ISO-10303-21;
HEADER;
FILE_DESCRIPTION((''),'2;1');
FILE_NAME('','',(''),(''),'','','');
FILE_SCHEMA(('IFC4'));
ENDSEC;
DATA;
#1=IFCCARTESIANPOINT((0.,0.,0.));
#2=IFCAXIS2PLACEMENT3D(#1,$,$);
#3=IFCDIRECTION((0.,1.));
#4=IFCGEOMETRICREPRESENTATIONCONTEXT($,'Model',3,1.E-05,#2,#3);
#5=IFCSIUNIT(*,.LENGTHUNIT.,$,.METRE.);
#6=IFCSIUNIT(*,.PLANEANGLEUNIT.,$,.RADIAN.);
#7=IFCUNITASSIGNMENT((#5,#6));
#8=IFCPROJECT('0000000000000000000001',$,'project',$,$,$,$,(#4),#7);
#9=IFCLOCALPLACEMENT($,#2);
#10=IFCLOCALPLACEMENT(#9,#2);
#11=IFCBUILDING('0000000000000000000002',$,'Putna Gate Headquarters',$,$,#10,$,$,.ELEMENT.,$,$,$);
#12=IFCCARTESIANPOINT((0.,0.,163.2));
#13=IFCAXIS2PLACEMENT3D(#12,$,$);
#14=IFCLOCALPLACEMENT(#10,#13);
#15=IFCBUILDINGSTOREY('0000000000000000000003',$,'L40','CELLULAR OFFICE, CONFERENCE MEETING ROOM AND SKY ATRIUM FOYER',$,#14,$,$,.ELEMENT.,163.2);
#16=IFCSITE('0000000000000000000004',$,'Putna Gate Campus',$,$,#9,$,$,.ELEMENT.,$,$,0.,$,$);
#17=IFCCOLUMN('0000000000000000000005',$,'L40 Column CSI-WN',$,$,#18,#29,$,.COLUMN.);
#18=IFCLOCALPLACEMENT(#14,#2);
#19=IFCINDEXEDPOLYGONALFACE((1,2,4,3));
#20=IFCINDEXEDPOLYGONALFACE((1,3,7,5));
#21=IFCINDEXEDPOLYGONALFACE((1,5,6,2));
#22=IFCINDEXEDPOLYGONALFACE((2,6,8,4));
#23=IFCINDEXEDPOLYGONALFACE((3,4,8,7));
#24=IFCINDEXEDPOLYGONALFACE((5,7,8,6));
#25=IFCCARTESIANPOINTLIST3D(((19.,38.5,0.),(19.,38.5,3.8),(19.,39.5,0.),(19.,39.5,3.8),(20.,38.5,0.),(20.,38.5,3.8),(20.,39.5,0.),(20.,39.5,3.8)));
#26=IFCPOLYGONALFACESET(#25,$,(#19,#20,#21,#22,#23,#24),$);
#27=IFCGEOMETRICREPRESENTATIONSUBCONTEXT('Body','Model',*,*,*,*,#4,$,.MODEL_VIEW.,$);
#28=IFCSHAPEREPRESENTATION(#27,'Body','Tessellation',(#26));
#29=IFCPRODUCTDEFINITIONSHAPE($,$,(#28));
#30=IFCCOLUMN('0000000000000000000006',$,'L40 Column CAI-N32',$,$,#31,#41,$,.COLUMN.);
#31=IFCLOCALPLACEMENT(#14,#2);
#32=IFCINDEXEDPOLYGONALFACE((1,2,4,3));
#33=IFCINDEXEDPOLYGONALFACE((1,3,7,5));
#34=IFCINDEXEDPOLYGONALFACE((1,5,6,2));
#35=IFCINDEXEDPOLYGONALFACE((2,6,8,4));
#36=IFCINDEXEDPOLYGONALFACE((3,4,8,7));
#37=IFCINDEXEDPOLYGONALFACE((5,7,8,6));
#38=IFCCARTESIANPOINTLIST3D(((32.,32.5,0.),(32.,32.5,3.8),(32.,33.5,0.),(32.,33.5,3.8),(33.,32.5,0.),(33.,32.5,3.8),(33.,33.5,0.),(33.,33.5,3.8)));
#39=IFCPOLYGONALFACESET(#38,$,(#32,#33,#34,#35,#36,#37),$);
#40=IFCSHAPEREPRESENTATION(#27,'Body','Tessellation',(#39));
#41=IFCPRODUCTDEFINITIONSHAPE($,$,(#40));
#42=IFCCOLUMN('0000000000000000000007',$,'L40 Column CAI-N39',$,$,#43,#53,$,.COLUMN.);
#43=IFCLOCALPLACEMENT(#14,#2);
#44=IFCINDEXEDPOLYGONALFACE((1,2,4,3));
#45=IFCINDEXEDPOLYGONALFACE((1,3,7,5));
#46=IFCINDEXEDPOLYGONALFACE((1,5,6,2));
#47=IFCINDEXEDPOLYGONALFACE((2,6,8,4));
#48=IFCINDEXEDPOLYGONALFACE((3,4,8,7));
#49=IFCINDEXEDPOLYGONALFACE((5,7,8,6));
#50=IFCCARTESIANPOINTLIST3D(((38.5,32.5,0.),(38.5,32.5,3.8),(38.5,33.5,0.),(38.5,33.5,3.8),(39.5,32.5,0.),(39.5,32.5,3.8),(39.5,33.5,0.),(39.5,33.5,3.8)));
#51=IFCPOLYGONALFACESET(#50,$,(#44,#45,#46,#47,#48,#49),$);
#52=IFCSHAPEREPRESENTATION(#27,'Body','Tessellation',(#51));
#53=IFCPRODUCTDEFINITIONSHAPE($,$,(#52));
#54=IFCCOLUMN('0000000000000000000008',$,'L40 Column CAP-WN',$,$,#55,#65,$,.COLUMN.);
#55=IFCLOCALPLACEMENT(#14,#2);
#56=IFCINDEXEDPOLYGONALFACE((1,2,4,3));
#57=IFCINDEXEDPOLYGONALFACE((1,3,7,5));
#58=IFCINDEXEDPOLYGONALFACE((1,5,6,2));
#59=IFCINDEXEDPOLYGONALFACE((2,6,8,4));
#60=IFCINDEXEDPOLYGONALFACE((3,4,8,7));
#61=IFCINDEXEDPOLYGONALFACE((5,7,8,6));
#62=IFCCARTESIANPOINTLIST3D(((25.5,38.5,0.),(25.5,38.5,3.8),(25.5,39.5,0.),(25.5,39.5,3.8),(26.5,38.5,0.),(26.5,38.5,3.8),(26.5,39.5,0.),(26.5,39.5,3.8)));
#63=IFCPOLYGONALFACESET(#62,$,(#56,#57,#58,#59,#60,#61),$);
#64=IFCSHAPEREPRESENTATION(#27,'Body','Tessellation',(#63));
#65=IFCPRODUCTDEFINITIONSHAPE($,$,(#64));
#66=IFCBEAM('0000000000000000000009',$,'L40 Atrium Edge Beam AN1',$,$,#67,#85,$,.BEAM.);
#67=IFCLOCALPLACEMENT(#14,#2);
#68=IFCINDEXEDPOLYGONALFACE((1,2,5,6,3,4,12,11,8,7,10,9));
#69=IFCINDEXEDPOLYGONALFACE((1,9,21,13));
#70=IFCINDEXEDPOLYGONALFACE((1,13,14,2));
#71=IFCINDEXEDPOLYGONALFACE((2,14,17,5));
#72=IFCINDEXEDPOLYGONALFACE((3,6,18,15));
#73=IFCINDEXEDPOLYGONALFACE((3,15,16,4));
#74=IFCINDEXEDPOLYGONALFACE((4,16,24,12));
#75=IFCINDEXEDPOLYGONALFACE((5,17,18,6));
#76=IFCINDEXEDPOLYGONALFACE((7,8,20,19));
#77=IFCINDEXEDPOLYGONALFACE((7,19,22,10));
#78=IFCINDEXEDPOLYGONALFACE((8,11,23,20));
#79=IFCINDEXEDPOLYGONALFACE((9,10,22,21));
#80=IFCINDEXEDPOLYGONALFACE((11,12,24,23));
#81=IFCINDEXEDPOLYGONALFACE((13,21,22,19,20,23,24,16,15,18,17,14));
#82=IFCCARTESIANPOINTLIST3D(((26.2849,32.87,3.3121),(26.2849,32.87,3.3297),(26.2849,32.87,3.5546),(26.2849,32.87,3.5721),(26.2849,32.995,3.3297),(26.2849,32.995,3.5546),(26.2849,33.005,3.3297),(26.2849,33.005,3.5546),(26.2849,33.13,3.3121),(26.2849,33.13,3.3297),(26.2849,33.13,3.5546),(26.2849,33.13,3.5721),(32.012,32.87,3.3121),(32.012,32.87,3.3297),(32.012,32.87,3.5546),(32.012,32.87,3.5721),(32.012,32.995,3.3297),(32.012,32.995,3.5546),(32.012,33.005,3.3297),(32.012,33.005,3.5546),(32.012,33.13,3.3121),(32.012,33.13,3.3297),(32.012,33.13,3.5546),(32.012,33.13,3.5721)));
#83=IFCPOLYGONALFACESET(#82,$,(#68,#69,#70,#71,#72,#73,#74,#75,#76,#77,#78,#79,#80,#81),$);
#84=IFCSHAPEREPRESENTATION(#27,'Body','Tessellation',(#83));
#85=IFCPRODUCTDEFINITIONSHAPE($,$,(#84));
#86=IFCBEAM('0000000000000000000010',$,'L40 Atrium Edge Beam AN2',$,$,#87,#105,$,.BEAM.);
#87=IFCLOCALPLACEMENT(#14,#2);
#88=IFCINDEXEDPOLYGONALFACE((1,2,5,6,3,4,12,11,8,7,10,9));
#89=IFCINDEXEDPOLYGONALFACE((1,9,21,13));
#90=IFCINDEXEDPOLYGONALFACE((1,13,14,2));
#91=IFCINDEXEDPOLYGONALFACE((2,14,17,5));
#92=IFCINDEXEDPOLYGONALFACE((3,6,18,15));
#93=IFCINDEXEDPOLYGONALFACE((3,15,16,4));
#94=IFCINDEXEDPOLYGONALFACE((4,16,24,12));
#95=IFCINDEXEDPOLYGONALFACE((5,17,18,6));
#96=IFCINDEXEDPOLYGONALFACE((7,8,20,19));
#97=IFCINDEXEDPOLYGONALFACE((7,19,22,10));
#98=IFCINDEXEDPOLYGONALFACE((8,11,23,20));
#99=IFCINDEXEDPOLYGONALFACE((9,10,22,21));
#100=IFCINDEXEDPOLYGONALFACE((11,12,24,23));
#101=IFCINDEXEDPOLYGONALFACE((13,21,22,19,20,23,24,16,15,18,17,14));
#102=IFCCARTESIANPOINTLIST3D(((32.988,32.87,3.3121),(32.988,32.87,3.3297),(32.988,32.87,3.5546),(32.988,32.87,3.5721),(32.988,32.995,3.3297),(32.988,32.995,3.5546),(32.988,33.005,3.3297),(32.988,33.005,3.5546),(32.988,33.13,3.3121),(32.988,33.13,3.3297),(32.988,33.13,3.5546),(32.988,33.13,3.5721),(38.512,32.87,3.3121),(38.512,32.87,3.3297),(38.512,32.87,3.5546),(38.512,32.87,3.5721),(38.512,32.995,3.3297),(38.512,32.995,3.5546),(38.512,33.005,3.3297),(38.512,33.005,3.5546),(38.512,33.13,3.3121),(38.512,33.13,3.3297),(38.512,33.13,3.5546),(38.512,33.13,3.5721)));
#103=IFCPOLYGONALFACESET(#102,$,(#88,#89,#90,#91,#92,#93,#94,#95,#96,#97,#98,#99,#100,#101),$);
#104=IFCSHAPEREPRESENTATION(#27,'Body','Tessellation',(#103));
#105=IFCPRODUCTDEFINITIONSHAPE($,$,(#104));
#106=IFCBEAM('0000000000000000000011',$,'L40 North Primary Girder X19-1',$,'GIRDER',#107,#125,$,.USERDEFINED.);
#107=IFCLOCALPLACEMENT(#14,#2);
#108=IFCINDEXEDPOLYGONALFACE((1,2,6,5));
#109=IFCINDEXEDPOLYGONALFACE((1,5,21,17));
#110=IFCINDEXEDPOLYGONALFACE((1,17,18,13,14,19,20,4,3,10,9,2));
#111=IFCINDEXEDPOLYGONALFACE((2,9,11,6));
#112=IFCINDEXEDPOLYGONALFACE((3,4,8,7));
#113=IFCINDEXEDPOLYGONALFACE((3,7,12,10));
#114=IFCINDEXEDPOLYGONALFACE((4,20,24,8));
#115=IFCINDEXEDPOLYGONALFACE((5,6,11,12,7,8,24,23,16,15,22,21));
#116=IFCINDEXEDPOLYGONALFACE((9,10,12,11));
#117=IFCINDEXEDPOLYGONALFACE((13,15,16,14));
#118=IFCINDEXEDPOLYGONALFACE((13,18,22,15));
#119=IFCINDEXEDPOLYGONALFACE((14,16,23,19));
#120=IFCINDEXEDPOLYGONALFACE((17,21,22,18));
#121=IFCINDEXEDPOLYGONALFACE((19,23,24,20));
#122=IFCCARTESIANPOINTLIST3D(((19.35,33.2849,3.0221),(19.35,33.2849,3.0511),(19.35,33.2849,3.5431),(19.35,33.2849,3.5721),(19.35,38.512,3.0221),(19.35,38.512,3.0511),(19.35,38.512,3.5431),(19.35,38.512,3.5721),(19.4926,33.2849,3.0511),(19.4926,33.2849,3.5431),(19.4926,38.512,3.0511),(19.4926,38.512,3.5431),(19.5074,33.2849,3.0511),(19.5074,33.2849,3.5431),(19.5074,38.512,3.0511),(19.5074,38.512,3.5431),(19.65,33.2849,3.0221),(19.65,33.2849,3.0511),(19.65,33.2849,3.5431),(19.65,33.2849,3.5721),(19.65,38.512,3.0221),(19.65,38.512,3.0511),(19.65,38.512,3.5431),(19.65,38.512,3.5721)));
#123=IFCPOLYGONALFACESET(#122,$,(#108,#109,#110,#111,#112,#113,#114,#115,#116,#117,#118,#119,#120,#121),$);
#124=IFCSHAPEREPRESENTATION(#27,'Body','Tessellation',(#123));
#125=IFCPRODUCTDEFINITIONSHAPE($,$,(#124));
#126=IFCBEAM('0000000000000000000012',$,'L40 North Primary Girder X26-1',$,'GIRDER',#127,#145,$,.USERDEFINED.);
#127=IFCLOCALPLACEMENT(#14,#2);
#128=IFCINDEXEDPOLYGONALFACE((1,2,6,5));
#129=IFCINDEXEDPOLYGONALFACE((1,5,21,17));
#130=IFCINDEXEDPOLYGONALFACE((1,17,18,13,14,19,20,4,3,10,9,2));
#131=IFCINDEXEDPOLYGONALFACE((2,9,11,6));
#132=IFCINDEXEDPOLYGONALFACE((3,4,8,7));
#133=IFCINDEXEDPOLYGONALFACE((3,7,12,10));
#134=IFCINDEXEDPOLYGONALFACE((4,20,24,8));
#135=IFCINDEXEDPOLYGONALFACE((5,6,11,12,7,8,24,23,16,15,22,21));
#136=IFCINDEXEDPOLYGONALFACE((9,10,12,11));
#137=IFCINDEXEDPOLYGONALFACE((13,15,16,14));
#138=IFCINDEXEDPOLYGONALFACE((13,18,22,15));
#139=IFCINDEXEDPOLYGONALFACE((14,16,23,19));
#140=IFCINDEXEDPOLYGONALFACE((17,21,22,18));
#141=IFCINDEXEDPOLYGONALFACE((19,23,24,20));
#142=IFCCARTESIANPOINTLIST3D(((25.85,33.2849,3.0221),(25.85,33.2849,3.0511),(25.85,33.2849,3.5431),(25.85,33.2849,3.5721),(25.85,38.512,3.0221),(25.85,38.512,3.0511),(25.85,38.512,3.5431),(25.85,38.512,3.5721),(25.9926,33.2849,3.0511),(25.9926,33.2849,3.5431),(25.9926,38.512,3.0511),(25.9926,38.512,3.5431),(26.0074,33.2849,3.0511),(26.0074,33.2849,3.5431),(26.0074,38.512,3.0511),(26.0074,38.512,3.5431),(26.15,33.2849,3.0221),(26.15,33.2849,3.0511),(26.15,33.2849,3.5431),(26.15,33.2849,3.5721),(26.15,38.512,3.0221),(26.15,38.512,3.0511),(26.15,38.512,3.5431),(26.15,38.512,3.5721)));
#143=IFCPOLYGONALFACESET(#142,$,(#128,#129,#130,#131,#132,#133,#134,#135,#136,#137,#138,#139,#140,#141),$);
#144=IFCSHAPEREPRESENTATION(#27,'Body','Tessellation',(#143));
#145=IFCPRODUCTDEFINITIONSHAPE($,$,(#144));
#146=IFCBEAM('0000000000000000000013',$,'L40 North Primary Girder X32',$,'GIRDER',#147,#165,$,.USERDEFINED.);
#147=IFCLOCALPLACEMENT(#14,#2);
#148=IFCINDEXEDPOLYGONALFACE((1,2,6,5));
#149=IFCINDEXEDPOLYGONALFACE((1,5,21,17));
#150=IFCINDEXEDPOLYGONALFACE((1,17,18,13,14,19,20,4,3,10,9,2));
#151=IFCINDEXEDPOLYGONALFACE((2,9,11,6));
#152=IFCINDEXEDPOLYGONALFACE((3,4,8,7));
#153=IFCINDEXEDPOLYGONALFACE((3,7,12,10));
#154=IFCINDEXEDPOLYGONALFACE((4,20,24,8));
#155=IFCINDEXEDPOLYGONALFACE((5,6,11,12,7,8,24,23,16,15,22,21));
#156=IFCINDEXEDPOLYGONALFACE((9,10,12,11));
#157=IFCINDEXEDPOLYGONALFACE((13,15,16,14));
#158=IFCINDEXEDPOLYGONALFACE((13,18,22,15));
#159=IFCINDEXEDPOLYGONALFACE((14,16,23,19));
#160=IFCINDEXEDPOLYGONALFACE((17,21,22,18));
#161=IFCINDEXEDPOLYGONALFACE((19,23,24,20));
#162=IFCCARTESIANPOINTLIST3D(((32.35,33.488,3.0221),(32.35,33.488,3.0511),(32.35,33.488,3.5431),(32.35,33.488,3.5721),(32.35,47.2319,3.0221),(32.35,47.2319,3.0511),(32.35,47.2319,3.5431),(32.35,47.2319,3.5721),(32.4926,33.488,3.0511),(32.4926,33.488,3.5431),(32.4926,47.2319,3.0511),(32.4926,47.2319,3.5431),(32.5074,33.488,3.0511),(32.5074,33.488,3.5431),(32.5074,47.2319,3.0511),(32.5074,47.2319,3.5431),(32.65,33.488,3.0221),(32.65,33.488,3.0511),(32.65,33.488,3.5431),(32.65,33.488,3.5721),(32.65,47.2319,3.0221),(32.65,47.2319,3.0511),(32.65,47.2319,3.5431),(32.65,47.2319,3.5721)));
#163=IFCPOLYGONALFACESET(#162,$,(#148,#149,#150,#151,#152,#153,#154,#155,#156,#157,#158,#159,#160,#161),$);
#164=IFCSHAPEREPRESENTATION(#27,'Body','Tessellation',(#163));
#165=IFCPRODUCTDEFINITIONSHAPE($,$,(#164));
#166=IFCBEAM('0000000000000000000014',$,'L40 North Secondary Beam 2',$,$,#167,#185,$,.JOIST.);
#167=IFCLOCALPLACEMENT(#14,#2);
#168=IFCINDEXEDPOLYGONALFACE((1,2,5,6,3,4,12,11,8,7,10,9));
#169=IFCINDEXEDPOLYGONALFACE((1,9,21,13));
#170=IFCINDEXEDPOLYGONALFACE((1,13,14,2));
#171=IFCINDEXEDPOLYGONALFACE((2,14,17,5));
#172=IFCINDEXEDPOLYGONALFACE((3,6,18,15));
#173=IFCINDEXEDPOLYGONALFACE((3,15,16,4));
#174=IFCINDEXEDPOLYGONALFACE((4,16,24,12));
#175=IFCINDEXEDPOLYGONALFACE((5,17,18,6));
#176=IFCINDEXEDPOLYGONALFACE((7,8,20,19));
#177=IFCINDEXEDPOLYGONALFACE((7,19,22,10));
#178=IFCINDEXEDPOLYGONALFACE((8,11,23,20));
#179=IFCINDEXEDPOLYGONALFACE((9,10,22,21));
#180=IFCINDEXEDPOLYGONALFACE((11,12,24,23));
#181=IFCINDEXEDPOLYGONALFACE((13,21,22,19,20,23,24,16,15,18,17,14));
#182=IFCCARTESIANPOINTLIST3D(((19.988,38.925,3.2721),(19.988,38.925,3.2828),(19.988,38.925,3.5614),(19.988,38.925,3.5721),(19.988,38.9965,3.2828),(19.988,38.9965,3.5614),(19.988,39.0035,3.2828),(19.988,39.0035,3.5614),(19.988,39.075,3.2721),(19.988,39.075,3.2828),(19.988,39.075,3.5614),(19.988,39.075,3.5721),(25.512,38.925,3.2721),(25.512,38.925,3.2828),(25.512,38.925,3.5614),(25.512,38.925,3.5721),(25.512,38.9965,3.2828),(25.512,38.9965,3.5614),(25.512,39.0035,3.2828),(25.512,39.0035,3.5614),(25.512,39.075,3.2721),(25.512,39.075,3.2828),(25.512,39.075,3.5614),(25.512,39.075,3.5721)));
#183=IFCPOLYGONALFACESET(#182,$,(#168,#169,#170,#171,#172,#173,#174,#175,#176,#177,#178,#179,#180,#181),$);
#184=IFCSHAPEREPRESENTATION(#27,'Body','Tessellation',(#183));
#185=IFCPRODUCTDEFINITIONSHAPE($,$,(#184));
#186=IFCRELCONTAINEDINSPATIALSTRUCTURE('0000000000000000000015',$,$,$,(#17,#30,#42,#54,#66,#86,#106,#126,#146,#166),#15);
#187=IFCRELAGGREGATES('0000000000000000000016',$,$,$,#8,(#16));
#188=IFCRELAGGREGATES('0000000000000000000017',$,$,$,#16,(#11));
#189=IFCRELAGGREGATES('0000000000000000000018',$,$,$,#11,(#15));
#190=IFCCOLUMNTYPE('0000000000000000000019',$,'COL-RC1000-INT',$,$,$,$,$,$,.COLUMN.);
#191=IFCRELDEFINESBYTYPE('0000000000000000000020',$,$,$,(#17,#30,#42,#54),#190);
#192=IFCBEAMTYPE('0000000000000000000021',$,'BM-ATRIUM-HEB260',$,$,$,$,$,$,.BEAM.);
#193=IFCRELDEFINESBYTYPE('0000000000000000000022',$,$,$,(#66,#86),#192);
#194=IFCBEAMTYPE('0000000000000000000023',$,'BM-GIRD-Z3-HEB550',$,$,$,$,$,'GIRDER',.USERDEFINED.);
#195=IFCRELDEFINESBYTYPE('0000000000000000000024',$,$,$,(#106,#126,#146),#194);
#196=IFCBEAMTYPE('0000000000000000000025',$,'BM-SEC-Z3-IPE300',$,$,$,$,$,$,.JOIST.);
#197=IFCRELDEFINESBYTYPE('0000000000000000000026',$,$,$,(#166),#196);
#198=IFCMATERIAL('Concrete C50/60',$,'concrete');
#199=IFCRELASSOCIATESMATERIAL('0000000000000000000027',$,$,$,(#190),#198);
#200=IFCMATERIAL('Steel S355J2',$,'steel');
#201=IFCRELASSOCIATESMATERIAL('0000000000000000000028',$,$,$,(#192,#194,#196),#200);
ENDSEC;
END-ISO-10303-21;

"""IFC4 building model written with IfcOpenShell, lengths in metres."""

from ifc_helpers import new_model, si_unit, direction, frame, origin, origin_2d, place, context, subcontext, project, spatial, rectangle, i_section, extrude, material, material_profile, profile_set, type_object, element, save


model = new_model("IFC4")

# Units and contexts
model_context = context("Model", 3, precision=1e-05, world=origin(), true_north=direction((0.0, 1.0)))
body_context = subcontext(model_context, "Body", "Model", "MODEL_VIEW")
ifc_project = project(units=[si_unit("LENGTHUNIT", "METRE"), si_unit("PLANEANGLEUNIT", "RADIAN")], contexts=[model_context])

# Site, building, storey
site_placement = place(None, origin())
site = spatial("IfcSite", under=ifc_project, at=site_placement, Name="Putna Gate Campus", CompositionType="ELEMENT", RefElevation=0.0)
building_placement = place(site_placement, origin())
building = spatial("IfcBuilding", under=site, at=building_placement, Name="Putna Gate Headquarters", CompositionType="ELEMENT")
storey_placement = place(building_placement, frame((0.0, 0.0, 163.2)))
storey = spatial("IfcBuildingStorey", under=building, at=storey_placement, Name="L40", Description="CELLULAR OFFICE, CONFERENCE MEETING ROOM AND SKY ATRIUM FOYER", CompositionType="ELEMENT", Elevation=163.2)

# Columns
ifc_material_1 = material(Name="Concrete C50/60", Category="concrete")
ifc_material_profile_1 = material_profile(ifc_material_1, rectangle(XDim=1.0, YDim=1.0, at=origin_2d()), Name="Concrete C50/60")
ifc_profile_set_1 = profile_set([ifc_material_profile_1], Name="Concrete C50/60")
column_type = type_object("IfcColumnType", Name="COL-RC1000-INT", PredefinedType="COLUMN", material=ifc_profile_set_1)
for number, where, z_axis, x_axis, name in (
    (1, (19.5, 39.0, 0.0), (0.0, 0.0, 1.0), (1.0, 0.0, 0.0), "L40 Column CSI-WN"),
    (2, (32.5, 33.0, 0.0), (0.0, 0.0, 1.0), (1.0, 0.0, 0.0), "L40 Column CAI-N32"),
    (3, (39.0, 33.0, 0.0), (0.0, 0.0, 1.0), (1.0, 0.0, 0.0), "L40 Column CAI-N39"),
    (4, (26.0, 39.0, 0.0), (0.0, 0.0, 1.0), (1.0, 0.0, 0.0), "L40 Column CAP-WN"),
):
    element("IfcColumn", number, at=place(storey_placement, frame(where, z_axis=z_axis, x_axis=x_axis)), inside=storey, type_object=column_type, Name=name, PredefinedType="COLUMN", context=body_context, shape_type="SweptSolid", body=[
        extrude(rectangle(XDim=1.0, YDim=1.0, at=origin_2d()), origin(), (0.0, 0.0, 1.0), 3.8),
    ])

# Beams
ifc_material_2 = material(Name="Steel S355J2", Category="steel")
ifc_material_profile_2 = material_profile(ifc_material_2, i_section(OverallWidth=0.26, OverallDepth=0.26, WebThickness=0.01, FlangeThickness=0.0176, at=origin_2d()), Name="Steel S355J2")
ifc_profile_set_2 = profile_set([ifc_material_profile_2], Name="Steel S355J2")
beam_type_1 = type_object("IfcBeamType", Name="BM-ATRIUM-HEB260", PredefinedType="BEAM", material=ifc_profile_set_2)
beam_1_placement = place(storey_placement, frame((26.2849, 33.0, 3.4421), z_axis=(1.0, 0.0, 0.0), x_axis=(0.0, 1.0, 0.0)))
element("IfcBeam", 5, at=beam_1_placement, inside=storey, type_object=beam_type_1, Name="L40 Atrium Edge Beam AN1", PredefinedType="BEAM", context=body_context, shape_type="SweptSolid", body=[
    extrude(i_section(OverallWidth=0.26, OverallDepth=0.26, WebThickness=0.01, FlangeThickness=0.0176, at=origin_2d()), origin(), (0.0, 0.0, 1.0), 5.7271),
])
beam_2_placement = place(storey_placement, frame((32.988, 33.0, 3.4421), z_axis=(1.0, 0.0, 0.0), x_axis=(0.0, 1.0, 0.0)))
element("IfcBeam", 6, at=beam_2_placement, inside=storey, type_object=beam_type_1, Name="L40 Atrium Edge Beam AN2", PredefinedType="BEAM", context=body_context, shape_type="SweptSolid", body=[
    extrude(i_section(OverallWidth=0.26, OverallDepth=0.26, WebThickness=0.01, FlangeThickness=0.0176, at=origin_2d()), origin(), (0.0, 0.0, 1.0), 5.5239),
])
ifc_material_profile_3 = material_profile(ifc_material_2, i_section(OverallWidth=0.3, OverallDepth=0.55, WebThickness=0.0149, FlangeThickness=0.0291, at=origin_2d()), Name="Steel S355J2")
ifc_profile_set_3 = profile_set([ifc_material_profile_3], Name="Steel S355J2")
beam_type_2 = type_object("IfcBeamType", Name="BM-GIRD-Z3-HEB550", ElementType="GIRDER", PredefinedType="USERDEFINED", material=ifc_profile_set_3)
for number, where, z_axis, x_axis, name in (
    (7, (19.5, 33.2849, 3.2971), (0.0, 1.0, 0.0), (-1.0, 0.0, 0.0), "L40 North Primary Girder X19-1"),
    (8, (26.0, 33.2849, 3.2971), (0.0, 1.0, 0.0), (-1.0, 0.0, 0.0), "L40 North Primary Girder X26-1"),
):
    element("IfcBeam", number, at=place(storey_placement, frame(where, z_axis=z_axis, x_axis=x_axis)), inside=storey, type_object=beam_type_2, Name=name, ObjectType="GIRDER", PredefinedType="USERDEFINED", context=body_context, shape_type="SweptSolid", body=[
        extrude(i_section(OverallWidth=0.3, OverallDepth=0.55, WebThickness=0.0149, FlangeThickness=0.0291, at=origin_2d()), origin(), (0.0, 0.0, 1.0), 5.2271),
    ])
beam_3_placement = place(storey_placement, frame((32.5, 33.488, 3.2971), z_axis=(0.0, 1.0, 0.0), x_axis=(-1.0, 0.0, 0.0)))
element("IfcBeam", 9, at=beam_3_placement, inside=storey, type_object=beam_type_2, Name="L40 North Primary Girder X32", ObjectType="GIRDER", PredefinedType="USERDEFINED", context=body_context, shape_type="SweptSolid", body=[
    extrude(i_section(OverallWidth=0.3, OverallDepth=0.55, WebThickness=0.0149, FlangeThickness=0.0291, at=origin_2d()), origin(), (0.0, 0.0, 1.0), 13.7439),
])
ifc_material_profile_4 = material_profile(ifc_material_2, i_section(OverallWidth=0.1499, OverallDepth=0.3, WebThickness=0.0071, FlangeThickness=0.0107, at=origin_2d()), Name="Steel S355J2")
ifc_profile_set_4 = profile_set([ifc_material_profile_4], Name="Steel S355J2")
beam_type_3 = type_object("IfcBeamType", Name="BM-SEC-Z3-IPE300", PredefinedType="JOIST", material=ifc_profile_set_4)
beam_4_placement = place(storey_placement, frame((19.988, 39.0, 3.4221), z_axis=(1.0, 0.0, 0.0), x_axis=(0.0, 1.0, 0.0)))
element("IfcBeam", 10, at=beam_4_placement, inside=storey, type_object=beam_type_3, Name="L40 North Secondary Beam 2", PredefinedType="JOIST", context=body_context, shape_type="SweptSolid", body=[
    extrude(i_section(OverallWidth=0.1499, OverallDepth=0.3, WebThickness=0.0071, FlangeThickness=0.0107, at=origin_2d()), origin(), (0.0, 0.0, 1.0), 5.5239),
])

save(model, "model.ifc")
